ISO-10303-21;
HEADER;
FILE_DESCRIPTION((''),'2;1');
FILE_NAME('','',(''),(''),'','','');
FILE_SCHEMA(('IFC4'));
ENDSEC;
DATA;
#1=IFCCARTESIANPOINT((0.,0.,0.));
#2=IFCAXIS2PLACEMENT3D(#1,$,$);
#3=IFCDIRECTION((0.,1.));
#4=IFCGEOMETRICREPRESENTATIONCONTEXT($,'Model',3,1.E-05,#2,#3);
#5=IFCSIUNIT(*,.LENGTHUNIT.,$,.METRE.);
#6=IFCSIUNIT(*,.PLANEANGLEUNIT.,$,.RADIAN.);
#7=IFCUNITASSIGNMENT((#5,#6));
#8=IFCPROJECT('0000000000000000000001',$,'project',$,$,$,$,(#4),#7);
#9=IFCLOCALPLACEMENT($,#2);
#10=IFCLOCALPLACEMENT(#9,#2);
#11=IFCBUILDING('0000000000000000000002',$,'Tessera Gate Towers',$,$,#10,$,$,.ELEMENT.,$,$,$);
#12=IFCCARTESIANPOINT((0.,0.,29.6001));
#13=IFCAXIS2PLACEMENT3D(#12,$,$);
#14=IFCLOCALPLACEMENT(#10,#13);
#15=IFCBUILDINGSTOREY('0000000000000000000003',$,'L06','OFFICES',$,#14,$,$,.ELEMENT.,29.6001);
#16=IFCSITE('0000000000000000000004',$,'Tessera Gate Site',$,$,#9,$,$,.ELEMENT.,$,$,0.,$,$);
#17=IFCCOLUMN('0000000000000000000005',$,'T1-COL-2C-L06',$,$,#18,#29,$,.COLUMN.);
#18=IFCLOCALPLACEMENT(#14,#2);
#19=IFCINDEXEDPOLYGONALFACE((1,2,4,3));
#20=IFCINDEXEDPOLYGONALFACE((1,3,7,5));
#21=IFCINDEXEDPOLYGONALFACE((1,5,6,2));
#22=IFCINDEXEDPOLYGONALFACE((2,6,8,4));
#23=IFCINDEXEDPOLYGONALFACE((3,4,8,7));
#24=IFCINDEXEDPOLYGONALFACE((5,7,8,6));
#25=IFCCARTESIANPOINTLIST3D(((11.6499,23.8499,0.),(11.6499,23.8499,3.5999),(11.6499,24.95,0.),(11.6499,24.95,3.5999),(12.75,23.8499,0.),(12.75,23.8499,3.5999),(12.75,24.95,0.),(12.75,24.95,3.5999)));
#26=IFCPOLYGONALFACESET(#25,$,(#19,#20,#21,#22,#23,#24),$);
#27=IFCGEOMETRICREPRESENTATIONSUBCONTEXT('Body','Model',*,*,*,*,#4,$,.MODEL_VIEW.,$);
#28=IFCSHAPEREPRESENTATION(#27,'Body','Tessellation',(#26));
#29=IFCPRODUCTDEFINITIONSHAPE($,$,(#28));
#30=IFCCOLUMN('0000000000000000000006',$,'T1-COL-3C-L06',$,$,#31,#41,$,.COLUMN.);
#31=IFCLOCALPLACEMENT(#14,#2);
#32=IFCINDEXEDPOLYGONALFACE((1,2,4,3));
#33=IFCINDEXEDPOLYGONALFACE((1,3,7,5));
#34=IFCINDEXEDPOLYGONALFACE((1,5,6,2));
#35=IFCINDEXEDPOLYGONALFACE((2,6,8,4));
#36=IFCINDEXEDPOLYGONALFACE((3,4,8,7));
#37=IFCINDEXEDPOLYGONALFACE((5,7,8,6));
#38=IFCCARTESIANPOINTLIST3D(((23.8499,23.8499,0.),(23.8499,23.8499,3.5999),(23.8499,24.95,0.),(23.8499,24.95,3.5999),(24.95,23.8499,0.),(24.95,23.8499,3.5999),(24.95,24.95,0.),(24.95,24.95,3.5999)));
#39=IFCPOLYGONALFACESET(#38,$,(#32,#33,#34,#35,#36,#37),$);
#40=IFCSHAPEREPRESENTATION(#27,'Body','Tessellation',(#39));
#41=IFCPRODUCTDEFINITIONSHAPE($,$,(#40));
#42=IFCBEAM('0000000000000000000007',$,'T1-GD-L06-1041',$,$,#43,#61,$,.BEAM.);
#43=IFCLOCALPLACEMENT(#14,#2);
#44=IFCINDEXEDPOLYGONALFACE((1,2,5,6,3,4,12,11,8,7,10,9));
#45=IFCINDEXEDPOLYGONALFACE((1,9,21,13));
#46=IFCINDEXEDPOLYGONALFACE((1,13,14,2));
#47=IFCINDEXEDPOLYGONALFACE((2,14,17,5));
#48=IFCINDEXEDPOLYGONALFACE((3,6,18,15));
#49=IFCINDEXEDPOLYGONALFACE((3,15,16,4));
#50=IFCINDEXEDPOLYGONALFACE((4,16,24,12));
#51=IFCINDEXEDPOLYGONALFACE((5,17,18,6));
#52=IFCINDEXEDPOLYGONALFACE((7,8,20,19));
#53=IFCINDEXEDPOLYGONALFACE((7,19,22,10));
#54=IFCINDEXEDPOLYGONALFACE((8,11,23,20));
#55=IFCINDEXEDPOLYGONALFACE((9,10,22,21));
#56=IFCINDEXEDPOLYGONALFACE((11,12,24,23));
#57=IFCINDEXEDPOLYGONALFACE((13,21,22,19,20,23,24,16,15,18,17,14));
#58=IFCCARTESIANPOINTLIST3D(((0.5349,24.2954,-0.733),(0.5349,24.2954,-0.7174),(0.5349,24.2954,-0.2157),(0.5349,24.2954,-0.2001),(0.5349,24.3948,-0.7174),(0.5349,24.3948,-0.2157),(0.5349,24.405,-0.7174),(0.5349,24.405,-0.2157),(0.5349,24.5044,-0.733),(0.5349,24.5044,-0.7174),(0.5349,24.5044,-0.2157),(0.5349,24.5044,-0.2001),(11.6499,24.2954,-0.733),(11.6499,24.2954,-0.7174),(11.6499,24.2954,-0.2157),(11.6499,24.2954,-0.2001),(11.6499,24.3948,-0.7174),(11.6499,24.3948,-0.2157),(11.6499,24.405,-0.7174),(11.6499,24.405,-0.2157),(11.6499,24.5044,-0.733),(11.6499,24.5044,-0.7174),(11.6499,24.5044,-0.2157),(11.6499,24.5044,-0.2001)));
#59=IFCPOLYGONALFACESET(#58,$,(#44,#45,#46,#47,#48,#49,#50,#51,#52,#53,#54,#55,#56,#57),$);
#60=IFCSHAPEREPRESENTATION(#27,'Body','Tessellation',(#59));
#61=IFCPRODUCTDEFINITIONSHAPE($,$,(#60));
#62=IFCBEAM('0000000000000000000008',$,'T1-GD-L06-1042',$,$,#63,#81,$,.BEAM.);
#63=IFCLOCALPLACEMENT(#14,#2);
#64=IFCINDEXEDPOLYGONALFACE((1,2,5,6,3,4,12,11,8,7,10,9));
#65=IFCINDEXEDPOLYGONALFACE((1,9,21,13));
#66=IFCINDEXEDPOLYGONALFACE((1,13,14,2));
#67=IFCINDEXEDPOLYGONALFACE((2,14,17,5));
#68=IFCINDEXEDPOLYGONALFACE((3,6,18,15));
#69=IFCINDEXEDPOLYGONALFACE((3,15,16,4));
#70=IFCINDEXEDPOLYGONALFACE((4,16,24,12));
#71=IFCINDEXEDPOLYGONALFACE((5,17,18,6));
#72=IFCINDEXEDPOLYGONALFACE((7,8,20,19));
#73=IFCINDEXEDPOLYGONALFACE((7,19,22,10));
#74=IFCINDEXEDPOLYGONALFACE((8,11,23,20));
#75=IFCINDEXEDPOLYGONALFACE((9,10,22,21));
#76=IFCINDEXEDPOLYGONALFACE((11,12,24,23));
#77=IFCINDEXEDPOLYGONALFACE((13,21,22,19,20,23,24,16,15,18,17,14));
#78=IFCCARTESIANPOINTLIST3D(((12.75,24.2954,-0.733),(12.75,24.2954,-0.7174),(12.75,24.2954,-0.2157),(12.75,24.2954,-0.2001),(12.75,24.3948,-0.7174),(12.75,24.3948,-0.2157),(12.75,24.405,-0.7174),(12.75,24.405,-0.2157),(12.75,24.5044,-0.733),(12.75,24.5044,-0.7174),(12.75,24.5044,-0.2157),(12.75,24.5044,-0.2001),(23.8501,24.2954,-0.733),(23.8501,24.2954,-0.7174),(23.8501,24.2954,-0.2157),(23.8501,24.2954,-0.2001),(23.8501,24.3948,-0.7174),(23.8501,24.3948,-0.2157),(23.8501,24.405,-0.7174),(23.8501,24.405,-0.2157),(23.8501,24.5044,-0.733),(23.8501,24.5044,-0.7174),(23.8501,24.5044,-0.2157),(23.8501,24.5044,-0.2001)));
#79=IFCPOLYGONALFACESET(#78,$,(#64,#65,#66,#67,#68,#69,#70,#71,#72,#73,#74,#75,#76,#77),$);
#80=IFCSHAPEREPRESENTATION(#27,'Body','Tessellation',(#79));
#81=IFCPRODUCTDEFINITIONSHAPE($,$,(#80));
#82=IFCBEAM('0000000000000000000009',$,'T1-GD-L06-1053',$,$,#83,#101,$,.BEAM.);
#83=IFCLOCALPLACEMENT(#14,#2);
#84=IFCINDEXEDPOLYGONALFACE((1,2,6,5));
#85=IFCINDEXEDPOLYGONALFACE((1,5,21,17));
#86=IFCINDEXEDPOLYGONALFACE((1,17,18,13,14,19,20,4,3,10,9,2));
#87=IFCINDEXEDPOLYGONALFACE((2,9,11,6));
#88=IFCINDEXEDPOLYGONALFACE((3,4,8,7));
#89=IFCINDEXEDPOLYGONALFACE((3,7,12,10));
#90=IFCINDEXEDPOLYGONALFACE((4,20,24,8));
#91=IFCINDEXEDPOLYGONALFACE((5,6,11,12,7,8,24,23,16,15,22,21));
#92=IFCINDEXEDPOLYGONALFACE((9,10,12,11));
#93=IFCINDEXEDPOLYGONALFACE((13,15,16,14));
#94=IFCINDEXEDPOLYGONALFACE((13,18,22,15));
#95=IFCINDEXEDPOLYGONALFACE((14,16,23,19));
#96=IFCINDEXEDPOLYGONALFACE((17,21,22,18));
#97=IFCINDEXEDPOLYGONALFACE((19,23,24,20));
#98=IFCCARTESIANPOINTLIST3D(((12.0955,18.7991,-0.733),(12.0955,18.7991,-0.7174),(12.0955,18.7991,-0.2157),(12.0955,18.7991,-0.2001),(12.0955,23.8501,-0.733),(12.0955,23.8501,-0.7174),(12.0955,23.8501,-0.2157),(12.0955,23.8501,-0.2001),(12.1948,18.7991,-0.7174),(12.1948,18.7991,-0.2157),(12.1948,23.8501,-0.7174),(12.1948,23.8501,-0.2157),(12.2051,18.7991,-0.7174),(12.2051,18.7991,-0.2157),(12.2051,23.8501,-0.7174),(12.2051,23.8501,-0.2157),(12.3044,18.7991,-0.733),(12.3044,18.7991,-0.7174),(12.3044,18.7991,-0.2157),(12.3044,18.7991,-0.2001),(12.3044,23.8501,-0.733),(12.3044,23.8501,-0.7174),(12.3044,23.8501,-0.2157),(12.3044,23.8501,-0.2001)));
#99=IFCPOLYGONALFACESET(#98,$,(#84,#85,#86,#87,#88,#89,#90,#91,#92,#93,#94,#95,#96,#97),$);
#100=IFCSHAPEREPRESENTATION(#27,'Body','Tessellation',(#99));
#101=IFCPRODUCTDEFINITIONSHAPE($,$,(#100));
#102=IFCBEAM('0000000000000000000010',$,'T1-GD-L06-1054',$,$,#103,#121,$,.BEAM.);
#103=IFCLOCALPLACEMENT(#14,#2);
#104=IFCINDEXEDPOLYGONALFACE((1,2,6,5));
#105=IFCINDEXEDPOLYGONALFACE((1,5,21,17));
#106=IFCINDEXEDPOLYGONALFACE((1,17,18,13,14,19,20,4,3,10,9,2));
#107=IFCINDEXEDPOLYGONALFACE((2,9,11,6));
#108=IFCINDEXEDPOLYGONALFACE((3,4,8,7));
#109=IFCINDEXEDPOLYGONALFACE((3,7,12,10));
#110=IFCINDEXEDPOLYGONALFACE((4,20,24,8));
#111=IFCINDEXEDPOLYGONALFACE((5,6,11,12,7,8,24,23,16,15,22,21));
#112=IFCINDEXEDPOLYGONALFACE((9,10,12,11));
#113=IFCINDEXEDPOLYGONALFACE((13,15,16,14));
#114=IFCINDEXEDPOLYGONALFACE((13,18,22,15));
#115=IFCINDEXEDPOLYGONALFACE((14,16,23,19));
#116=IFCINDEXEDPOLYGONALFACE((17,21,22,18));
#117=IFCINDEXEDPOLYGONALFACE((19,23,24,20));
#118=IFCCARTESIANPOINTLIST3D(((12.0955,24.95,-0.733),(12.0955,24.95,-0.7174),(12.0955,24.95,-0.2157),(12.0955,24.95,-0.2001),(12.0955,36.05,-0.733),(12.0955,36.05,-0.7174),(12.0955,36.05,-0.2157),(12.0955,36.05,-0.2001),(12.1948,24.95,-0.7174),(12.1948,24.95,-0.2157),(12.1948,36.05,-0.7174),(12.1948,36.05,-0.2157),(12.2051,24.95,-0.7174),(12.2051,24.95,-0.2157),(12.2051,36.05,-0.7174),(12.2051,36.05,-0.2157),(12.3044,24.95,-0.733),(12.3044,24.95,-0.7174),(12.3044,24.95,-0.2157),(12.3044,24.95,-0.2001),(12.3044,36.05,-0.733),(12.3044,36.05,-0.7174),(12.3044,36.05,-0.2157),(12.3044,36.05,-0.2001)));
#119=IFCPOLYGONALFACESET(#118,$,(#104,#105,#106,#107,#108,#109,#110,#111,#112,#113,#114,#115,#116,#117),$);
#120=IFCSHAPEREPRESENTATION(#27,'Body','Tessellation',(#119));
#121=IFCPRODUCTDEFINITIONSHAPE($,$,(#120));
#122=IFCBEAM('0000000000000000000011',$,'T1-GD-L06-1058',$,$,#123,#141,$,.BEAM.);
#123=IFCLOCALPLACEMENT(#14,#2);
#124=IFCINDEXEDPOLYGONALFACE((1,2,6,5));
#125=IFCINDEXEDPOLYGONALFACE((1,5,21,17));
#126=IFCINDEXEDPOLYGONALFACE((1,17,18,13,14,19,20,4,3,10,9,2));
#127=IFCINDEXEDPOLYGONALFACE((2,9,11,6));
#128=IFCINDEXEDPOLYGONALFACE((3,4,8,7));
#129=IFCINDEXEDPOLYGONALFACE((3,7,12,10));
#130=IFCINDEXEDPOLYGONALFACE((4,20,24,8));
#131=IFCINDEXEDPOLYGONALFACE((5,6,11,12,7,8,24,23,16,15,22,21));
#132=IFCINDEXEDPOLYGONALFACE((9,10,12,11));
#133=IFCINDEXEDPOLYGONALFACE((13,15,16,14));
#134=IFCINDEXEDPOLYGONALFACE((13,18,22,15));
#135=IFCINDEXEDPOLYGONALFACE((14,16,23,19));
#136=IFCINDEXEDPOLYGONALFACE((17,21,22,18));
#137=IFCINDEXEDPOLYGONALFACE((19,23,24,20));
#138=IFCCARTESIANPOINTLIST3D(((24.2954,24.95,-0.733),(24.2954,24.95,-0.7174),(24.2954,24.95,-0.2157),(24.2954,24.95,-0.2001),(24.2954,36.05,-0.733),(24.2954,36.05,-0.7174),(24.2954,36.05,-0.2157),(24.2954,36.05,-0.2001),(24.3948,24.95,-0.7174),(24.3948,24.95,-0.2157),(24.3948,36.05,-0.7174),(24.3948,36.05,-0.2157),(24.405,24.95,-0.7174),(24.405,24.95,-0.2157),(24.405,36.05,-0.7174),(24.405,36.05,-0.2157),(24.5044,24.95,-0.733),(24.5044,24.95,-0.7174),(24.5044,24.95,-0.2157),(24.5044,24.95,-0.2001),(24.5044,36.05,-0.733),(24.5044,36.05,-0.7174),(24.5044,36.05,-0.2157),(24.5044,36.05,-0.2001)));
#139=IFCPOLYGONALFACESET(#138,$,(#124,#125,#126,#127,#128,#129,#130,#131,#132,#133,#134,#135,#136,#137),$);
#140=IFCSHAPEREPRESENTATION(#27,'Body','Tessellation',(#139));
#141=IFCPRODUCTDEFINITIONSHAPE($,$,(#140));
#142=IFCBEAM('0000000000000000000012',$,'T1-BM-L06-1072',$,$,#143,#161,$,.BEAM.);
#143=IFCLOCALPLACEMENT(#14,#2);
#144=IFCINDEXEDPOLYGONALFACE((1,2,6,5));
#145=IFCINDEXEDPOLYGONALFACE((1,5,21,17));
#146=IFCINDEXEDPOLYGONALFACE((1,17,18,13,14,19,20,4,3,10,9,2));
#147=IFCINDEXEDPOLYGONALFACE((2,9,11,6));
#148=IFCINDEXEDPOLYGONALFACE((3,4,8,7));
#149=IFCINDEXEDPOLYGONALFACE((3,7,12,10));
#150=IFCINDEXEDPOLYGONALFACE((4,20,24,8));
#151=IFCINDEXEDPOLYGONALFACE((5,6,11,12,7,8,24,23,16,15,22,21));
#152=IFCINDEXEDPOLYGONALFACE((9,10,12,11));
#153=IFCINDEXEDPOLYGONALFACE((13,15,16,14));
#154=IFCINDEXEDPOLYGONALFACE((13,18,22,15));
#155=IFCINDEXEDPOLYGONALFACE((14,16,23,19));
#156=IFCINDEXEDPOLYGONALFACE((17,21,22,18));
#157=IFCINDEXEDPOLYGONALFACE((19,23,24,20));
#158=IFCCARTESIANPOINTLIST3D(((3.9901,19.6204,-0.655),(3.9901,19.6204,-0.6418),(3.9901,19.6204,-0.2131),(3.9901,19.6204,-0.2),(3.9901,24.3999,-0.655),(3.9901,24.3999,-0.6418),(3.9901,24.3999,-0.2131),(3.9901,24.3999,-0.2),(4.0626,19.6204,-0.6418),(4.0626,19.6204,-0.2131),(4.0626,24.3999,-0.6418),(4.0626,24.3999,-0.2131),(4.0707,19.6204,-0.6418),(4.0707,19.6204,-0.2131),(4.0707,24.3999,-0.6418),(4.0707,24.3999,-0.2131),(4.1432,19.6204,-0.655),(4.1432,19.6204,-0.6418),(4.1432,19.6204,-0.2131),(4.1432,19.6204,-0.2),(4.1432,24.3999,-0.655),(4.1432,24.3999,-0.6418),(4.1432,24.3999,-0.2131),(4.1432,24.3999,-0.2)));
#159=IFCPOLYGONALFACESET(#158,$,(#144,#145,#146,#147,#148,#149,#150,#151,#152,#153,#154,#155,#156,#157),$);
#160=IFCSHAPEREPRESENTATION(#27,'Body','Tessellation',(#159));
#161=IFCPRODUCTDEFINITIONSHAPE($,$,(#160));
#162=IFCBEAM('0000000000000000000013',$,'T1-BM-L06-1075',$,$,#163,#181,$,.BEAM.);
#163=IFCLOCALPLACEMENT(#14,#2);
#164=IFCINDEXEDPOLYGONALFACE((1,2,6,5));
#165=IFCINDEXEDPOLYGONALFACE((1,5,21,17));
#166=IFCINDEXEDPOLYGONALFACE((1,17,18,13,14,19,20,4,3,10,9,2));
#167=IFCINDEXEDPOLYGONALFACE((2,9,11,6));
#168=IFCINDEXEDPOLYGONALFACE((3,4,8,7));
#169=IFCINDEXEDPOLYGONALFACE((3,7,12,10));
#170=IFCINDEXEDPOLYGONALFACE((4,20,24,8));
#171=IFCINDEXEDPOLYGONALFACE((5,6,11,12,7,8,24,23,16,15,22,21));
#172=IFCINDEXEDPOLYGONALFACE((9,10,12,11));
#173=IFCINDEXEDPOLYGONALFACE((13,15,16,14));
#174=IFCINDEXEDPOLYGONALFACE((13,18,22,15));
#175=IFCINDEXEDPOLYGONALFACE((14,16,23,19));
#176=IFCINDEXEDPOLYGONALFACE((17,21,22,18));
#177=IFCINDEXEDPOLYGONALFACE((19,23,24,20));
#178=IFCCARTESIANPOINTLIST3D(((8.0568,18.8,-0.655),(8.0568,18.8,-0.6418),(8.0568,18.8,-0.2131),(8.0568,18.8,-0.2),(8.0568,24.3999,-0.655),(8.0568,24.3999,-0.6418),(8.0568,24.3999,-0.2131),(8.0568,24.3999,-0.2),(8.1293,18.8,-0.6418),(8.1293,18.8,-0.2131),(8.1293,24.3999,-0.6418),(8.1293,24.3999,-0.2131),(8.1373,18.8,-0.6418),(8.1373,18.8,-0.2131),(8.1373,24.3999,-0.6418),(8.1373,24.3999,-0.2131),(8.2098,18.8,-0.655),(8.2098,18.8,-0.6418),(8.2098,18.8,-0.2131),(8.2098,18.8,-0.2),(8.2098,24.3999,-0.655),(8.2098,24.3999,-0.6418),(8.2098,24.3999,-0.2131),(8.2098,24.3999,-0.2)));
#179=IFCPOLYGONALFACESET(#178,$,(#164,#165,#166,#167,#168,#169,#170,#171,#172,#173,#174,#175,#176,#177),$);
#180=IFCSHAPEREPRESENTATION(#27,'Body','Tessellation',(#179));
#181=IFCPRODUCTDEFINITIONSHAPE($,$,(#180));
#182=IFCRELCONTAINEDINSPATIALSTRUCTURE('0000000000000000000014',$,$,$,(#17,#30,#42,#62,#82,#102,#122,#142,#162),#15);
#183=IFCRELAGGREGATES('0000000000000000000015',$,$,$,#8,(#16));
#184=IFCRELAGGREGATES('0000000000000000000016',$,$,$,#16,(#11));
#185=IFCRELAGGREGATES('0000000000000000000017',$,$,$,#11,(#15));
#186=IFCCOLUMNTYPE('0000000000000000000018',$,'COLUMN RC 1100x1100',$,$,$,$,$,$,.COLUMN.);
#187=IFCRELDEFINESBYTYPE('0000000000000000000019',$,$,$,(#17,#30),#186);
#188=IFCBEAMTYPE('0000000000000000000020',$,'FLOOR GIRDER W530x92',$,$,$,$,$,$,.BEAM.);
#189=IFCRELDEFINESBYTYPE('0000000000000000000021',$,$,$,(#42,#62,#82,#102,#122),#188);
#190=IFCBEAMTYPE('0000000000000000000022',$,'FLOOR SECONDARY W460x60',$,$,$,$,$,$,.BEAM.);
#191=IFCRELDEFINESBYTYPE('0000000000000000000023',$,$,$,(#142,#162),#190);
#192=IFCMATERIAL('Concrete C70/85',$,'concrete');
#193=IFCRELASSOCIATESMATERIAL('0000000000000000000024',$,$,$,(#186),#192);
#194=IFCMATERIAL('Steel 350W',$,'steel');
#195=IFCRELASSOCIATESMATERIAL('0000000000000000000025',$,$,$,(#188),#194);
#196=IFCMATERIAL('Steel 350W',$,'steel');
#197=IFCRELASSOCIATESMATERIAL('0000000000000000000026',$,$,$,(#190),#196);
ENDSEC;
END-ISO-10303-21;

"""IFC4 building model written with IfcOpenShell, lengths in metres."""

from ifc_helpers import new_model, si_unit, direction, frame, origin, origin_2d, place, context, subcontext, project, spatial, rectangle, i_section, extrude, material, material_profile, profile_set, type_object, element, save


model = new_model("IFC4")

# Units and contexts
model_context = context("Model", 3, precision=1e-05, world=origin(), true_north=direction((0.0, 1.0)))
body_context = subcontext(model_context, "Body", "Model", "MODEL_VIEW")
ifc_project = project(units=[si_unit("LENGTHUNIT", "METRE"), si_unit("PLANEANGLEUNIT", "RADIAN")], contexts=[model_context])

# Site, building, storey
site_placement = place(None, origin())
site = spatial("IfcSite", under=ifc_project, at=site_placement, Name="Tessera Gate Site", CompositionType="ELEMENT", RefElevation=0.0)
building_placement = place(site_placement, origin())
building = spatial("IfcBuilding", under=site, at=building_placement, Name="Tessera Gate Towers", CompositionType="ELEMENT")
storey_placement = place(building_placement, frame((0.0, 0.0, 29.6001)))
storey = spatial("IfcBuildingStorey", under=building, at=storey_placement, Name="L06", Description="OFFICES", CompositionType="ELEMENT", Elevation=29.6001)

# Columns
ifc_material_1 = material(Name="Concrete C70/85", Category="concrete")
ifc_material_profile_1 = material_profile(ifc_material_1, rectangle(XDim=1.1001, YDim=1.1001, at=origin_2d()), Name="RC 1100x1100")
ifc_profile_set_1 = profile_set([ifc_material_profile_1], Name="Concrete C70/85")
column_type = type_object("IfcColumnType", Name="COLUMN RC 1100x1100", PredefinedType="COLUMN", material=ifc_profile_set_1)
for number, where, z_axis, x_axis, name in (
    (1, (12.2, 24.3999, 0.0), (0.0, 0.0, 1.0), (1.0, 0.0, 0.0), "T1-COL-2C-L06"),
    (2, (24.3999, 24.3999, 0.0), (0.0, 0.0, 1.0), (1.0, 0.0, 0.0), "T1-COL-3C-L06"),
):
    element("IfcColumn", number, at=place(storey_placement, frame(where, z_axis=z_axis, x_axis=x_axis)), inside=storey, type_object=column_type, Name=name, PredefinedType="COLUMN", context=body_context, shape_type="SweptSolid", body=[
        extrude(rectangle(XDim=1.1001, YDim=1.1001, at=origin_2d()), origin(), (0.0, 0.0, 1.0), 3.5999),
    ])

# Beams
ifc_material_2 = material(Name="Steel 350W", Category="steel")
ifc_material_profile_2 = material_profile(ifc_material_2, i_section(OverallWidth=0.209, OverallDepth=0.533, WebThickness=0.0103, FlangeThickness=0.0156, at=origin_2d()), Name="W530x92")
ifc_profile_set_2 = profile_set([ifc_material_profile_2], Name="Steel 350W")
beam_type_1 = type_object("IfcBeamType", Name="FLOOR GIRDER W530x92", PredefinedType="BEAM", material=ifc_profile_set_2)
beam_1_placement = place(storey_placement, frame((0.5349, 24.3999, -0.4666), z_axis=(1.0, 0.0, 0.0), x_axis=(0.0, 1.0, 0.0)))
element("IfcBeam", 3, at=beam_1_placement, inside=storey, type_object=beam_type_1, Name="T1-GD-L06-1041", PredefinedType="BEAM", context=body_context, shape_type="SweptSolid", body=[
    extrude(i_section(OverallWidth=0.209, OverallDepth=0.533, WebThickness=0.0103, FlangeThickness=0.0156, at=origin_2d()), origin(), (0.0, 0.0, 1.0), 11.115),
])
beam_2_placement = place(storey_placement, frame((12.75, 24.3999, -0.4666), z_axis=(1.0, 0.0, 0.0), x_axis=(0.0, 1.0, 0.0)))
element("IfcBeam", 4, at=beam_2_placement, inside=storey, type_object=beam_type_1, Name="T1-GD-L06-1042", PredefinedType="BEAM", context=body_context, shape_type="SweptSolid", body=[
    extrude(i_section(OverallWidth=0.209, OverallDepth=0.533, WebThickness=0.0103, FlangeThickness=0.0156, at=origin_2d()), origin(), (0.0, 0.0, 1.0), 11.1001),
])
beam_3_placement = place(storey_placement, frame((12.2, 18.7991, -0.4666), z_axis=(0.0, 1.0, 0.0), x_axis=(-1.0, 0.0, 0.0)))
element("IfcBeam", 5, at=beam_3_placement, inside=storey, type_object=beam_type_1, Name="T1-GD-L06-1053", PredefinedType="BEAM", context=body_context, shape_type="SweptSolid", body=[
    extrude(i_section(OverallWidth=0.209, OverallDepth=0.533, WebThickness=0.0103, FlangeThickness=0.0156, at=origin_2d()), origin(), (0.0, 0.0, 1.0), 5.051),
])
for number, where, z_axis, x_axis, name in (
    (6, (12.2, 24.95, -0.4666), (0.0, 1.0, 0.0), (-1.0, 0.0, 0.0), "T1-GD-L06-1054"),
    (7, (24.3999, 24.95, -0.4666), (0.0, 1.0, 0.0), (-1.0, 0.0, 0.0), "T1-GD-L06-1058"),
):
    element("IfcBeam", number, at=place(storey_placement, frame(where, z_axis=z_axis, x_axis=x_axis)), inside=storey, type_object=beam_type_1, Name=name, PredefinedType="BEAM", context=body_context, shape_type="SweptSolid", body=[
        extrude(i_section(OverallWidth=0.209, OverallDepth=0.533, WebThickness=0.0103, FlangeThickness=0.0156, at=origin_2d()), origin(), (0.0, 0.0, 1.0), 11.1001),
    ])
ifc_material_3 = material(Name="Steel 350W", Category="steel")
ifc_material_profile_3 = material_profile(ifc_material_3, i_section(OverallWidth=0.1531, OverallDepth=0.4551, WebThickness=0.0081, FlangeThickness=0.0132, at=origin_2d()), Name="W460x60")
ifc_profile_set_3 = profile_set([ifc_material_profile_3], Name="Steel 350W")
beam_type_2 = type_object("IfcBeamType", Name="FLOOR SECONDARY W460x60", PredefinedType="BEAM", material=ifc_profile_set_3)
beam_4_placement = place(storey_placement, frame((4.0667, 19.6204, -0.4275), z_axis=(0.0, 1.0, 0.0), x_axis=(-1.0, 0.0, 0.0)))
element("IfcBeam", 8, at=beam_4_placement, inside=storey, type_object=beam_type_2, Name="T1-BM-L06-1072", PredefinedType="BEAM", context=body_context, shape_type="SweptSolid", body=[
    extrude(i_section(OverallWidth=0.1531, OverallDepth=0.4551, WebThickness=0.0081, FlangeThickness=0.0132, at=origin_2d()), origin(), (0.0, 0.0, 1.0), 4.7795),
])
beam_5_placement = place(storey_placement, frame((8.1333, 18.8, -0.4275), z_axis=(0.0, 1.0, 0.0), x_axis=(-1.0, 0.0, 0.0)))
element("IfcBeam", 9, at=beam_5_placement, inside=storey, type_object=beam_type_2, Name="T1-BM-L06-1075", PredefinedType="BEAM", context=body_context, shape_type="SweptSolid", body=[
    extrude(i_section(OverallWidth=0.1531, OverallDepth=0.4551, WebThickness=0.0081, FlangeThickness=0.0132, at=origin_2d()), origin(), (0.0, 0.0, 1.0), 5.5999),
])

save(model, "model.ifc")
